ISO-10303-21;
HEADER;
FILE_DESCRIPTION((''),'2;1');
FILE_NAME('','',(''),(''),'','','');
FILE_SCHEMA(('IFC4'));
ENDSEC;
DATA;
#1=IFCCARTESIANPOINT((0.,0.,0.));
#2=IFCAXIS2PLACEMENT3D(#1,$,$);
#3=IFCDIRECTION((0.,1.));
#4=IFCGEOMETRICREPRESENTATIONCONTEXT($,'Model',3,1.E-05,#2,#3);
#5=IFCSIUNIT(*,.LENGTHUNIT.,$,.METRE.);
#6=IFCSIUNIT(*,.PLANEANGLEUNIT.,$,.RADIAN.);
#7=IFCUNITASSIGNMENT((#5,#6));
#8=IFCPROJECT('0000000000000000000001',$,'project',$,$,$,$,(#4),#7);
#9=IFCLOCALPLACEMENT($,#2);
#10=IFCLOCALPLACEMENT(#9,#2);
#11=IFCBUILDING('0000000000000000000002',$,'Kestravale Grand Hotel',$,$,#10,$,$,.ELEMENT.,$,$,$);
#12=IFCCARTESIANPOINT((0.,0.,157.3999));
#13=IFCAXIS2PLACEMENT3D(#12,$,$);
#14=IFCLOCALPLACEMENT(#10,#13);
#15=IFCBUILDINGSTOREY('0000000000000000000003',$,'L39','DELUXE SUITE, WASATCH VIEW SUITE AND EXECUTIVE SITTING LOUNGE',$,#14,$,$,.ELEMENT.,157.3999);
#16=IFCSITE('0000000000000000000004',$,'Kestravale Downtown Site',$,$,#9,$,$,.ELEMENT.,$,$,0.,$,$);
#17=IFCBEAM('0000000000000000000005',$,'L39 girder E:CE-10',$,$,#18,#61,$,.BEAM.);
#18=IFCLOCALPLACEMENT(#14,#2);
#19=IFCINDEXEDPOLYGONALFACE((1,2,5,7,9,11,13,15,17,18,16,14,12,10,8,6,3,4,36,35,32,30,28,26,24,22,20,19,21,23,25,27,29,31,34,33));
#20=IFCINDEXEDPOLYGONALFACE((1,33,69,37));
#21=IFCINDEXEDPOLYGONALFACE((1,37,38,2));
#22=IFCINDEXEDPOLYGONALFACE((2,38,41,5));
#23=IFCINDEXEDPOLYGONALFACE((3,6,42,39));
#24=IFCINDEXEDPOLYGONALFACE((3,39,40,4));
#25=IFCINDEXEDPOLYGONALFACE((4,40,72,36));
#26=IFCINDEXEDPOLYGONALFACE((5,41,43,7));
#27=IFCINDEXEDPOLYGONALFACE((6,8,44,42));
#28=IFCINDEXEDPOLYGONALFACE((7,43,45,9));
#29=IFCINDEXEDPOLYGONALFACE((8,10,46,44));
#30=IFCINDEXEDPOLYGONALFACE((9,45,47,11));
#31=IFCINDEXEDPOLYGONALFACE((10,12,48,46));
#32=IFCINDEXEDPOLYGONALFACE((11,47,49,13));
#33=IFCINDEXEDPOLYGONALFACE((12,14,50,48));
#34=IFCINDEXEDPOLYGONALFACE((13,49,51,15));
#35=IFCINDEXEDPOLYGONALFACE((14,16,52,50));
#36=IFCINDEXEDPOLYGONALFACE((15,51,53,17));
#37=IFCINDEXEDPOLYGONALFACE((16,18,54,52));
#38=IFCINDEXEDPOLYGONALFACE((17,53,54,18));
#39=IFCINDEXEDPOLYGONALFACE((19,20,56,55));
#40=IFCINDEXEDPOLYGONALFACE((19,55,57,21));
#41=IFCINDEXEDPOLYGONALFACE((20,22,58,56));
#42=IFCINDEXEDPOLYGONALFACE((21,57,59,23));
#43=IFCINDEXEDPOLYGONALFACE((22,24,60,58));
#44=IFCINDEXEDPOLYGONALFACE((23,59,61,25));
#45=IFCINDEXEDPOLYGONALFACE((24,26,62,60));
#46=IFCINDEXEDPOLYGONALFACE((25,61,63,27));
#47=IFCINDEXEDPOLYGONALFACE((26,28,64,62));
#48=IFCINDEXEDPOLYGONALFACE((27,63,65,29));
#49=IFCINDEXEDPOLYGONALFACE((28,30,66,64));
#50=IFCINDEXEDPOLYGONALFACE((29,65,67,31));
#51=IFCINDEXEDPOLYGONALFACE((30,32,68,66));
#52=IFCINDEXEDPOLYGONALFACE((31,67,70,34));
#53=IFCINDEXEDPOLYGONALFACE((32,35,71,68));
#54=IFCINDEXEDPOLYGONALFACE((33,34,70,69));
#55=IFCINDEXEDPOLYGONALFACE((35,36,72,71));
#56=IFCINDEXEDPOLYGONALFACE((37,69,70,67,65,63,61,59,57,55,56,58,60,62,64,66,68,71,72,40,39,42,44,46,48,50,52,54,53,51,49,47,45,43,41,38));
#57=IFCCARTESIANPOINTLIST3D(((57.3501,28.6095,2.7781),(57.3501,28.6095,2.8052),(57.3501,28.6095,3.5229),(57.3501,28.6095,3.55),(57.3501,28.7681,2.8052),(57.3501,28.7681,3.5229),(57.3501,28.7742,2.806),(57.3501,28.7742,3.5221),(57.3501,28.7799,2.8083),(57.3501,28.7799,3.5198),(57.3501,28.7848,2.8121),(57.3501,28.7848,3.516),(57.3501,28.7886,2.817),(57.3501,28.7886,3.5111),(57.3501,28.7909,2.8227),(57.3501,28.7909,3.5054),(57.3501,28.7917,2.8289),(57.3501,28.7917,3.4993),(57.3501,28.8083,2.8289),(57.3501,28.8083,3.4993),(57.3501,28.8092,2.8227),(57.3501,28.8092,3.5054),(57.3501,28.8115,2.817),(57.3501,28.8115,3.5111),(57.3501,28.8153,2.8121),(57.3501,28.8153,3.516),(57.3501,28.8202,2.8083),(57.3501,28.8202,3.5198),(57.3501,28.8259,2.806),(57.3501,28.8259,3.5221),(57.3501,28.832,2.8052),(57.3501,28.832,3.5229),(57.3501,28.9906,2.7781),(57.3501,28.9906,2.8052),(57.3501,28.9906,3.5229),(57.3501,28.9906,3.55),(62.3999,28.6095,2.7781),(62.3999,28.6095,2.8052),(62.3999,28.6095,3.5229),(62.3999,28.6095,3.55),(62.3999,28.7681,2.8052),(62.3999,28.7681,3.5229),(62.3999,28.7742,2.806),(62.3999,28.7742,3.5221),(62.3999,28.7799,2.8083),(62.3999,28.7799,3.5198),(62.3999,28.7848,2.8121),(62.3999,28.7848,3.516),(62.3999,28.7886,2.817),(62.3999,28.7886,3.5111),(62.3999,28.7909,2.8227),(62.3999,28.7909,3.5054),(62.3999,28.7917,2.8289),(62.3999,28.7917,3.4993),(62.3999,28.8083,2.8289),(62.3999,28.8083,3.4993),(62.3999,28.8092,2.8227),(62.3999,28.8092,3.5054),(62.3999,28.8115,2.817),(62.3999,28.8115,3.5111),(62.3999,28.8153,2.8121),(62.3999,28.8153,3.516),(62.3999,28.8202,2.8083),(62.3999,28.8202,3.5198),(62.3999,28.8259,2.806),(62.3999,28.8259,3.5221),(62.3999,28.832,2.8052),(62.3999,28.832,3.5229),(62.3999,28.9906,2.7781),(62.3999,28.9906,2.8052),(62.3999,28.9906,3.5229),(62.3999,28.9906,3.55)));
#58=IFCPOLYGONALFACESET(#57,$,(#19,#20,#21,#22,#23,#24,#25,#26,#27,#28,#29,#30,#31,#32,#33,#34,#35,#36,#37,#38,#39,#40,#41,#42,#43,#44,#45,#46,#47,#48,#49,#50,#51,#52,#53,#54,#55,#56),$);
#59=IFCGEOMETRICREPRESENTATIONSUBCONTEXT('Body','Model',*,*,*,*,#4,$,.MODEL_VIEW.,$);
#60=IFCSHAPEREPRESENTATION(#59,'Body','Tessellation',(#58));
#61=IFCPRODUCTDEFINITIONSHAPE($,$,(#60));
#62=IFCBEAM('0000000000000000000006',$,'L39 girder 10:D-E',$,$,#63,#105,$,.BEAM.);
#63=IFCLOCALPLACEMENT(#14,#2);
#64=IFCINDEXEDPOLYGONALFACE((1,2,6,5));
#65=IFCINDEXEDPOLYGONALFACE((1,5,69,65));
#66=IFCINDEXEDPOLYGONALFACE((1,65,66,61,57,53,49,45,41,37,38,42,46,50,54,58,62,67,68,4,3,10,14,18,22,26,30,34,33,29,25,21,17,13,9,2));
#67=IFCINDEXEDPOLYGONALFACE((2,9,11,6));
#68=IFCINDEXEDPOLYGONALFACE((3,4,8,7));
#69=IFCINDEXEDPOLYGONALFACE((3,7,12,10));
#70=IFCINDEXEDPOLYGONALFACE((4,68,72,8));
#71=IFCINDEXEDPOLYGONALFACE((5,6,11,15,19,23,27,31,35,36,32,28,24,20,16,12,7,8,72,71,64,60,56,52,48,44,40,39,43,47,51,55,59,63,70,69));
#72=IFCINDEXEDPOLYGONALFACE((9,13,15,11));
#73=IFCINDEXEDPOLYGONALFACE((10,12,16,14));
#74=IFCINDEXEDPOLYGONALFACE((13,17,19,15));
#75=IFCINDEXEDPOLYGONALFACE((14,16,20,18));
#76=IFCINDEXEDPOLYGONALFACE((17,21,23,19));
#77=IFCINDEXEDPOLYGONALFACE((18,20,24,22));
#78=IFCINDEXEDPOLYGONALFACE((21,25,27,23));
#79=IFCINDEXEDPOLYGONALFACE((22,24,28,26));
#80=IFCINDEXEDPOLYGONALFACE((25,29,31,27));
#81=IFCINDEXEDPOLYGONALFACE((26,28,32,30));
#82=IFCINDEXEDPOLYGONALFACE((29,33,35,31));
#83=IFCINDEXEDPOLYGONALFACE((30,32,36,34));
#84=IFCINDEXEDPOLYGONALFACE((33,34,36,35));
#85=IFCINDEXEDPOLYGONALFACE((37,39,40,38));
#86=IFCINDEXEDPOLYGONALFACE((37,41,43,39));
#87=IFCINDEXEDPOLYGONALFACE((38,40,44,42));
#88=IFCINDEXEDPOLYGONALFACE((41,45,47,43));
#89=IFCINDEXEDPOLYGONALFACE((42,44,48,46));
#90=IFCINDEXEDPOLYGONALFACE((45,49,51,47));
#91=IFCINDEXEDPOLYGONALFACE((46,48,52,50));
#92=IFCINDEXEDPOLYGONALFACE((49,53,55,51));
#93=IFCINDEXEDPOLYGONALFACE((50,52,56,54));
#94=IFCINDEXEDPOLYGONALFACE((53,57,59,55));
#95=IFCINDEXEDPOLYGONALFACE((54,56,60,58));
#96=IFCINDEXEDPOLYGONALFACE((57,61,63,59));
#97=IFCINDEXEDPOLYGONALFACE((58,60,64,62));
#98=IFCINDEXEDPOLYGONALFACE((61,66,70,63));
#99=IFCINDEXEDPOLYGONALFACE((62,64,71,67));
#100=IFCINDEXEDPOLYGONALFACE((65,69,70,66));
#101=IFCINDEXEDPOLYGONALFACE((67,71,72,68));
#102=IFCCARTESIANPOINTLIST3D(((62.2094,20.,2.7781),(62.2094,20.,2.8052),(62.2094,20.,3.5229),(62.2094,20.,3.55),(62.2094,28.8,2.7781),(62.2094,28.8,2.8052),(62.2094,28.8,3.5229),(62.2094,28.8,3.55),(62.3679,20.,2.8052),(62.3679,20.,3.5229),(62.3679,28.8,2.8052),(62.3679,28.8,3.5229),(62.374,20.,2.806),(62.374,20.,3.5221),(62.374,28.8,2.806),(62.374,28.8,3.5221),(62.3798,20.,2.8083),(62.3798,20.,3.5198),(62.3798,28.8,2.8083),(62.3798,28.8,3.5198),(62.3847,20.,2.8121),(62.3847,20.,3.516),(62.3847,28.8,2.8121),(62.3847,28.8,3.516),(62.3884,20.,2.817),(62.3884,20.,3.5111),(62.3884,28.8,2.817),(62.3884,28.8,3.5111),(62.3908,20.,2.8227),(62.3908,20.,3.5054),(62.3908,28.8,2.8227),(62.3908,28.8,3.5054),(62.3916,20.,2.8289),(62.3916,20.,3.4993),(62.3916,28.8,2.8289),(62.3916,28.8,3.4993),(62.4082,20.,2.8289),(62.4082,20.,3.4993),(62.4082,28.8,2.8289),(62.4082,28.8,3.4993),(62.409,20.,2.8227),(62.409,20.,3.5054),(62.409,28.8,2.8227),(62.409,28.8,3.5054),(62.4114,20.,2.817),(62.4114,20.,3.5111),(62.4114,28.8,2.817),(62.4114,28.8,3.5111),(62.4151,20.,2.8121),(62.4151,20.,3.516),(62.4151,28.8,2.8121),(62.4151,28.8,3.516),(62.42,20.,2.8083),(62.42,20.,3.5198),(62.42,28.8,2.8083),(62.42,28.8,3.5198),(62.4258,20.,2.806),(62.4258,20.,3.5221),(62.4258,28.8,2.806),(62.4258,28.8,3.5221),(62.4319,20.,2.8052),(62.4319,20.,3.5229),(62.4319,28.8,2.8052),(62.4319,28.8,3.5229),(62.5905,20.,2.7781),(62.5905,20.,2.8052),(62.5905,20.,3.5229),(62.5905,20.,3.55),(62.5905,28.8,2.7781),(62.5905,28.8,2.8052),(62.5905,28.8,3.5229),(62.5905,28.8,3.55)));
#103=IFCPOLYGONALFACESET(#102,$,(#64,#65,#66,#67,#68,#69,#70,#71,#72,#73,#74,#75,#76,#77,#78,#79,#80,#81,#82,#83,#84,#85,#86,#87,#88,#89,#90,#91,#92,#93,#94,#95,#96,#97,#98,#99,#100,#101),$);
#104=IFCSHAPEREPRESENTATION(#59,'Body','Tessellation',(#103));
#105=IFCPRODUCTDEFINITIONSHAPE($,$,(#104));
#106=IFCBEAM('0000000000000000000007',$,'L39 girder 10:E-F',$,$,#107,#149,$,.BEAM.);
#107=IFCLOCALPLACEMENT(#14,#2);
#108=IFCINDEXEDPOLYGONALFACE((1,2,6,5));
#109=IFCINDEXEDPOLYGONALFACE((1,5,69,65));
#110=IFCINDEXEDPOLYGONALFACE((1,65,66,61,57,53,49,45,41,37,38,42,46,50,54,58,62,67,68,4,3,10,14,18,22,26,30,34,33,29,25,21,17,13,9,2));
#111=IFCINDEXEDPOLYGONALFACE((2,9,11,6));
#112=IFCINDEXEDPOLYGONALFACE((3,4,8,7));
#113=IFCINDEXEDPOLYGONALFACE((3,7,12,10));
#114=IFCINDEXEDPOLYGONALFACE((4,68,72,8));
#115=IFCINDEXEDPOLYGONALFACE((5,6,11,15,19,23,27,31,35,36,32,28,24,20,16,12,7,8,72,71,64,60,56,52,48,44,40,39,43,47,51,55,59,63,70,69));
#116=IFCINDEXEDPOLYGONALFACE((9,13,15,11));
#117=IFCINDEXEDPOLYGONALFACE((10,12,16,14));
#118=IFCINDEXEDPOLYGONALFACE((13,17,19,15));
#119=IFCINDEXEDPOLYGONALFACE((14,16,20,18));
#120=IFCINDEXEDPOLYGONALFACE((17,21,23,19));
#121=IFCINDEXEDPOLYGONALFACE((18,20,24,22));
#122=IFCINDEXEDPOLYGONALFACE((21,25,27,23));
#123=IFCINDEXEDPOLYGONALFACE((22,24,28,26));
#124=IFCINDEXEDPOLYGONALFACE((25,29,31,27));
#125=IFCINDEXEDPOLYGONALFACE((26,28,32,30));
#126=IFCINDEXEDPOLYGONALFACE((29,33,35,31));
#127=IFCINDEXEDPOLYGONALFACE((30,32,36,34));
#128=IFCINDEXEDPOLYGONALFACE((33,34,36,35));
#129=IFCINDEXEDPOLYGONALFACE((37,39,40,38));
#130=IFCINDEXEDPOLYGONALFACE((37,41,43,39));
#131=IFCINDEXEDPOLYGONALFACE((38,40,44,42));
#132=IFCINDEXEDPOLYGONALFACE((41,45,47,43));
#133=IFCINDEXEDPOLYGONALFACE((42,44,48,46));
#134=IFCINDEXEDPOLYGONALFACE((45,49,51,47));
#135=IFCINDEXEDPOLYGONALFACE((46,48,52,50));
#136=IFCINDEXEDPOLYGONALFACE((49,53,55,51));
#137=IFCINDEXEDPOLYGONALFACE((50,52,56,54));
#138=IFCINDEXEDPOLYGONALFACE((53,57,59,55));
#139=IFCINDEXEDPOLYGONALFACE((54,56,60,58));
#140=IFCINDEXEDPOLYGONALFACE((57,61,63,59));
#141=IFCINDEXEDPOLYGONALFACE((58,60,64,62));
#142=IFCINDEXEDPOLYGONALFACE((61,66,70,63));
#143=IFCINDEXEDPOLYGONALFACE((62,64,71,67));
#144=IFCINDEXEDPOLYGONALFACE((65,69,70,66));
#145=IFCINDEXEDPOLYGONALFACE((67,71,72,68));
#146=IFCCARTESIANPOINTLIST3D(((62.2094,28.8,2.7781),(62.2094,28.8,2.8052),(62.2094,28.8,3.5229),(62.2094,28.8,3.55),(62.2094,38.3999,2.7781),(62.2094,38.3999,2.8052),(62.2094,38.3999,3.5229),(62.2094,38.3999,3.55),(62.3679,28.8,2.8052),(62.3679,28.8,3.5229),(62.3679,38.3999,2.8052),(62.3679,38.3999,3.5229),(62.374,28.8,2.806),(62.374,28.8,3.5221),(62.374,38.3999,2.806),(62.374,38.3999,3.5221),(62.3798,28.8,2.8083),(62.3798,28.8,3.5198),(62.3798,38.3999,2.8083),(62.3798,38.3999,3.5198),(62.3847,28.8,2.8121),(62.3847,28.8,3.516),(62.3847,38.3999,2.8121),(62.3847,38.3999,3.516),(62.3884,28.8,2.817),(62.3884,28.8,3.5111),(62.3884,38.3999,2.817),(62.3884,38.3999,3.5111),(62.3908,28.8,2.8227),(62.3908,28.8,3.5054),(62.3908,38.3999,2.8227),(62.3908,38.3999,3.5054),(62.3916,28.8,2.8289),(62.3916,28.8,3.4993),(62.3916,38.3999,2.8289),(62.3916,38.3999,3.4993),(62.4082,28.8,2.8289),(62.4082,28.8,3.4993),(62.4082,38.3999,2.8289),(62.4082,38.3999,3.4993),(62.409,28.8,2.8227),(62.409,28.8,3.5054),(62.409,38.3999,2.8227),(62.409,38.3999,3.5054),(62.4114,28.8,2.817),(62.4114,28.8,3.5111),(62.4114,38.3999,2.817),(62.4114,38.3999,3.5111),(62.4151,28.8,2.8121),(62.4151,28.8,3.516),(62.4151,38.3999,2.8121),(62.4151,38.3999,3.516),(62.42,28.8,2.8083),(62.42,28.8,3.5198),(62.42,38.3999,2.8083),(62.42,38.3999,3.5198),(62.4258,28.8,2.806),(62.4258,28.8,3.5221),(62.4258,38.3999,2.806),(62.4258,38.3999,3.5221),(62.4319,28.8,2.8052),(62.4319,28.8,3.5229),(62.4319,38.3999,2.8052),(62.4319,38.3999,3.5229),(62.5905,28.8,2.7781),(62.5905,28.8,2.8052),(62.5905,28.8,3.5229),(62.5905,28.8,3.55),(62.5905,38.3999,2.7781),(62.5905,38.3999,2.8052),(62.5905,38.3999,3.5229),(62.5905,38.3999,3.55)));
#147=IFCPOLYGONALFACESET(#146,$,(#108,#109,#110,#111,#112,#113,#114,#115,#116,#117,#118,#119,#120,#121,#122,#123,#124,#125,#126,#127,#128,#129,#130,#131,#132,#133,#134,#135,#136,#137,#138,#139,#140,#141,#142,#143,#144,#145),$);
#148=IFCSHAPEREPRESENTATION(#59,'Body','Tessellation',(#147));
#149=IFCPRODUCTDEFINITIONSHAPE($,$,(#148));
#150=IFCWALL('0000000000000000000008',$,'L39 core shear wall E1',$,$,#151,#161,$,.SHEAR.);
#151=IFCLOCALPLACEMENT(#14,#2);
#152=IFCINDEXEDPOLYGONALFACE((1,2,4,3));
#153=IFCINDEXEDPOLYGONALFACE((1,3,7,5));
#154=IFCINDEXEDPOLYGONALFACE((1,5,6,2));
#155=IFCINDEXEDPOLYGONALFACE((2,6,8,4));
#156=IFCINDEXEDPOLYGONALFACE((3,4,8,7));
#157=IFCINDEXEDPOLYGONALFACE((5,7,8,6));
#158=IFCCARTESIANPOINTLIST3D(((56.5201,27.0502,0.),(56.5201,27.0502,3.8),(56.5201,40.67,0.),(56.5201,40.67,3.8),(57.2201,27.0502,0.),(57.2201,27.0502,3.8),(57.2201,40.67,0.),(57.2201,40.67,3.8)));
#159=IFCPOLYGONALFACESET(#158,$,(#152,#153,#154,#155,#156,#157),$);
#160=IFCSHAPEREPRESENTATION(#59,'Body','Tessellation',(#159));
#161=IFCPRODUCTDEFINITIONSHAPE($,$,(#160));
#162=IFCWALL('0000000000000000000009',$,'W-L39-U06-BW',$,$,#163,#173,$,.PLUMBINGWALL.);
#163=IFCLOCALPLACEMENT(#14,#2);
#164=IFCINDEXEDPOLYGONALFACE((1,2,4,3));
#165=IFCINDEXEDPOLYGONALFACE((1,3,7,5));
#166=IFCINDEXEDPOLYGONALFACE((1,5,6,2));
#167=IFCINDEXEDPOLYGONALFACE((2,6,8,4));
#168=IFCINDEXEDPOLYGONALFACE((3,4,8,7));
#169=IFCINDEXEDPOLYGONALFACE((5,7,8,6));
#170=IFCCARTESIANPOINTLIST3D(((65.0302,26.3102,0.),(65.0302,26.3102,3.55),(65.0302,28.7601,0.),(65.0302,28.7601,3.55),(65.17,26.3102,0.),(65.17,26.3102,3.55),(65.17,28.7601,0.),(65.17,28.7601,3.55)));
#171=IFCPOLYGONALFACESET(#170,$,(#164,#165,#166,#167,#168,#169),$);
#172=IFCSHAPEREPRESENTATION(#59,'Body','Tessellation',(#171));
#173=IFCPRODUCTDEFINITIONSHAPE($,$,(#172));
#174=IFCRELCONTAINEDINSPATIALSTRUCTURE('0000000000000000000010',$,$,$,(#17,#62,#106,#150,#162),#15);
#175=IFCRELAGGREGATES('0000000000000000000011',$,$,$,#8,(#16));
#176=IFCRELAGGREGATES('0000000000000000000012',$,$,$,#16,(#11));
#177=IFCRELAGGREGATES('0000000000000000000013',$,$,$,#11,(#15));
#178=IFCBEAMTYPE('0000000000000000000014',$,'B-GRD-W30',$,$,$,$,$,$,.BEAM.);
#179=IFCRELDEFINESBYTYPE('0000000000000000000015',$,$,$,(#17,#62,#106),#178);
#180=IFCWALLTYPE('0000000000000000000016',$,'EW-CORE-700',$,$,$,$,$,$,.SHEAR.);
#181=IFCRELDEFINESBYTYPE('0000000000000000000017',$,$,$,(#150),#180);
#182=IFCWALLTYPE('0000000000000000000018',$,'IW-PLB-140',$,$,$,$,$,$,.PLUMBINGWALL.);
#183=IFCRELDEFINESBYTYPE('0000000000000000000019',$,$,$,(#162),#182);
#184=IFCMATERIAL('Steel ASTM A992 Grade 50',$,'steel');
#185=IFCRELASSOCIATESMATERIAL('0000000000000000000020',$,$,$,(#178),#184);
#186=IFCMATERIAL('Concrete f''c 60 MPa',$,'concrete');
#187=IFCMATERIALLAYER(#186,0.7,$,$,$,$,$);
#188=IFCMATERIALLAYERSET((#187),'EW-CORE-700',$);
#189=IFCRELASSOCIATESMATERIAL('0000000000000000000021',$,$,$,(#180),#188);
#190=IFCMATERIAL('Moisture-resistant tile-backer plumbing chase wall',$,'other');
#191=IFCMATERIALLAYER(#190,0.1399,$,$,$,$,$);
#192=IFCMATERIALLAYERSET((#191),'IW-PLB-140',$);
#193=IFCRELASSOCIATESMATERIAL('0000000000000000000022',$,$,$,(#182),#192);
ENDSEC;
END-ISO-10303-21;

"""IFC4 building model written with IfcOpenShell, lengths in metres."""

from ifc_helpers import new_model, si_unit, direction, frame, frame_2d, origin, origin_2d, place, context, subcontext, project, spatial, rectangle, i_section, extrude, material, layer, layer_set, material_profile, profile_set, type_object, element, save


model = new_model("IFC4")

# Units and contexts
model_context = context("Model", 3, precision=1e-05, world=origin(), true_north=direction((0.0, 1.0)))
body_context = subcontext(model_context, "Body", "Model", "MODEL_VIEW")
ifc_project = project(units=[si_unit("LENGTHUNIT", "METRE"), si_unit("PLANEANGLEUNIT", "RADIAN")], contexts=[model_context])

# Site, building, storey
site_placement = place(None, origin())
site = spatial("IfcSite", under=ifc_project, at=site_placement, Name="Kestravale Downtown Site", CompositionType="ELEMENT", RefElevation=0.0)
building_placement = place(site_placement, origin())
building = spatial("IfcBuilding", under=site, at=building_placement, Name="Kestravale Grand Hotel", CompositionType="ELEMENT")
storey_placement = place(building_placement, frame((0.0, 0.0, 157.3999)))
storey = spatial("IfcBuildingStorey", under=building, at=storey_placement, Name="L39", Description="DELUXE SUITE, WASATCH VIEW SUITE AND EXECUTIVE SITTING LOUNGE", CompositionType="ELEMENT", Elevation=157.3999)

# Beams
ifc_material_1 = material(Name="Steel ASTM A992 Grade 50", Category="steel")
ifc_material_profile_1 = material_profile(ifc_material_1, i_section(OverallWidth=0.3811, OverallDepth=0.772, WebThickness=0.0166, FlangeThickness=0.0271, FilletRadius=0.0237, at=origin_2d()))
ifc_profile_set_1 = profile_set([ifc_material_profile_1], Name="Steel ASTM A992 Grade 50")
beam_type_1 = type_object("IfcBeamType", Name="B-GRD-W30", PredefinedType="BEAM", material=ifc_profile_set_1)
beam_1_placement = place(storey_placement, frame((57.3501, 28.8, 3.1641), z_axis=(1.0, 0.0, 0.0), x_axis=(0.0, 1.0, 0.0)))
element("IfcBeam", 1, at=beam_1_placement, inside=storey, type_object=beam_type_1, Name="L39 girder E:CE-10", PredefinedType="BEAM", context=body_context, shape_type="SweptSolid", body=[
    extrude(i_section(OverallWidth=0.3811, OverallDepth=0.772, WebThickness=0.0166, FlangeThickness=0.0271, FilletRadius=0.0237, at=origin_2d()), origin(), (0.0, 0.0, 1.0), 5.0498),
])
beam_2_placement = place(storey_placement, frame((62.3999, 20.0, 3.1641), z_axis=(0.0, 1.0, 0.0), x_axis=(-1.0, 0.0, 0.0)))
element("IfcBeam", 2, at=beam_2_placement, inside=storey, type_object=beam_type_1, Name="L39 girder 10:D-E", PredefinedType="BEAM", context=body_context, shape_type="SweptSolid", body=[
    extrude(i_section(OverallWidth=0.3811, OverallDepth=0.772, WebThickness=0.0166, FlangeThickness=0.0271, FilletRadius=0.0237, at=origin_2d()), origin(), (0.0, 0.0, 1.0), 8.8),
])
beam_3_placement = place(storey_placement, frame((62.3999, 28.8, 3.1641), z_axis=(0.0, 1.0, 0.0), x_axis=(-1.0, 0.0, 0.0)))
element("IfcBeam", 3, at=beam_3_placement, inside=storey, type_object=beam_type_1, Name="L39 girder 10:E-F", PredefinedType="BEAM", context=body_context, shape_type="SweptSolid", body=[
    extrude(i_section(OverallWidth=0.3811, OverallDepth=0.772, WebThickness=0.0166, FlangeThickness=0.0271, FilletRadius=0.0237, at=origin_2d()), origin(), (0.0, 0.0, 1.0), 9.5999),
])

# Walls
ifc_material_2 = material(Name="Concrete f'c 60 MPa", Category="concrete")
ifc_layer_1 = layer(ifc_material_2, 0.7)
ifc_layer_set_1 = layer_set([ifc_layer_1], Name="EW-CORE-700")
wall_type_1 = type_object("IfcWallType", Name="EW-CORE-700", PredefinedType="SHEAR", material=ifc_layer_set_1)
wall_1_placement = place(storey_placement, frame((56.8701, 27.05, 0.0), z_axis=(0.0, 0.0, 1.0), x_axis=(0.0, 1.0, 0.0)))
element("IfcWall", 4, at=wall_1_placement, inside=storey, type_object=wall_type_1, Name="L39 core shear wall E1", PredefinedType="SHEAR", context=body_context, shape_type="SweptSolid", body=[
    extrude(rectangle(XDim=13.6199, YDim=0.7, at=frame_2d((6.8101, 0.0))), origin(), (0.0, 0.0, 1.0), 3.8),
])
ifc_material_3 = material(Name="Moisture-resistant tile-backer plumbing chase wall", Category="other")
ifc_layer_2 = layer(ifc_material_3, 0.1399)
ifc_layer_set_2 = layer_set([ifc_layer_2], Name="IW-PLB-140")
wall_type_2 = type_object("IfcWallType", Name="IW-PLB-140", PredefinedType="PLUMBINGWALL", material=ifc_layer_set_2)
wall_2_placement = place(storey_placement, frame((65.1001, 26.3101, 0.0), z_axis=(0.0, 0.0, 1.0), x_axis=(0.0, 1.0, 0.0)))
element("IfcWall", 5, at=wall_2_placement, inside=storey, type_object=wall_type_2, Name="W-L39-U06-BW", PredefinedType="PLUMBINGWALL", context=body_context, shape_type="SweptSolid", body=[
    extrude(rectangle(XDim=2.45, YDim=0.1399, at=frame_2d((1.2251, 0.0))), origin(), (0.0, 0.0, 1.0), 3.55),
])

save(model, "model.ifc")
